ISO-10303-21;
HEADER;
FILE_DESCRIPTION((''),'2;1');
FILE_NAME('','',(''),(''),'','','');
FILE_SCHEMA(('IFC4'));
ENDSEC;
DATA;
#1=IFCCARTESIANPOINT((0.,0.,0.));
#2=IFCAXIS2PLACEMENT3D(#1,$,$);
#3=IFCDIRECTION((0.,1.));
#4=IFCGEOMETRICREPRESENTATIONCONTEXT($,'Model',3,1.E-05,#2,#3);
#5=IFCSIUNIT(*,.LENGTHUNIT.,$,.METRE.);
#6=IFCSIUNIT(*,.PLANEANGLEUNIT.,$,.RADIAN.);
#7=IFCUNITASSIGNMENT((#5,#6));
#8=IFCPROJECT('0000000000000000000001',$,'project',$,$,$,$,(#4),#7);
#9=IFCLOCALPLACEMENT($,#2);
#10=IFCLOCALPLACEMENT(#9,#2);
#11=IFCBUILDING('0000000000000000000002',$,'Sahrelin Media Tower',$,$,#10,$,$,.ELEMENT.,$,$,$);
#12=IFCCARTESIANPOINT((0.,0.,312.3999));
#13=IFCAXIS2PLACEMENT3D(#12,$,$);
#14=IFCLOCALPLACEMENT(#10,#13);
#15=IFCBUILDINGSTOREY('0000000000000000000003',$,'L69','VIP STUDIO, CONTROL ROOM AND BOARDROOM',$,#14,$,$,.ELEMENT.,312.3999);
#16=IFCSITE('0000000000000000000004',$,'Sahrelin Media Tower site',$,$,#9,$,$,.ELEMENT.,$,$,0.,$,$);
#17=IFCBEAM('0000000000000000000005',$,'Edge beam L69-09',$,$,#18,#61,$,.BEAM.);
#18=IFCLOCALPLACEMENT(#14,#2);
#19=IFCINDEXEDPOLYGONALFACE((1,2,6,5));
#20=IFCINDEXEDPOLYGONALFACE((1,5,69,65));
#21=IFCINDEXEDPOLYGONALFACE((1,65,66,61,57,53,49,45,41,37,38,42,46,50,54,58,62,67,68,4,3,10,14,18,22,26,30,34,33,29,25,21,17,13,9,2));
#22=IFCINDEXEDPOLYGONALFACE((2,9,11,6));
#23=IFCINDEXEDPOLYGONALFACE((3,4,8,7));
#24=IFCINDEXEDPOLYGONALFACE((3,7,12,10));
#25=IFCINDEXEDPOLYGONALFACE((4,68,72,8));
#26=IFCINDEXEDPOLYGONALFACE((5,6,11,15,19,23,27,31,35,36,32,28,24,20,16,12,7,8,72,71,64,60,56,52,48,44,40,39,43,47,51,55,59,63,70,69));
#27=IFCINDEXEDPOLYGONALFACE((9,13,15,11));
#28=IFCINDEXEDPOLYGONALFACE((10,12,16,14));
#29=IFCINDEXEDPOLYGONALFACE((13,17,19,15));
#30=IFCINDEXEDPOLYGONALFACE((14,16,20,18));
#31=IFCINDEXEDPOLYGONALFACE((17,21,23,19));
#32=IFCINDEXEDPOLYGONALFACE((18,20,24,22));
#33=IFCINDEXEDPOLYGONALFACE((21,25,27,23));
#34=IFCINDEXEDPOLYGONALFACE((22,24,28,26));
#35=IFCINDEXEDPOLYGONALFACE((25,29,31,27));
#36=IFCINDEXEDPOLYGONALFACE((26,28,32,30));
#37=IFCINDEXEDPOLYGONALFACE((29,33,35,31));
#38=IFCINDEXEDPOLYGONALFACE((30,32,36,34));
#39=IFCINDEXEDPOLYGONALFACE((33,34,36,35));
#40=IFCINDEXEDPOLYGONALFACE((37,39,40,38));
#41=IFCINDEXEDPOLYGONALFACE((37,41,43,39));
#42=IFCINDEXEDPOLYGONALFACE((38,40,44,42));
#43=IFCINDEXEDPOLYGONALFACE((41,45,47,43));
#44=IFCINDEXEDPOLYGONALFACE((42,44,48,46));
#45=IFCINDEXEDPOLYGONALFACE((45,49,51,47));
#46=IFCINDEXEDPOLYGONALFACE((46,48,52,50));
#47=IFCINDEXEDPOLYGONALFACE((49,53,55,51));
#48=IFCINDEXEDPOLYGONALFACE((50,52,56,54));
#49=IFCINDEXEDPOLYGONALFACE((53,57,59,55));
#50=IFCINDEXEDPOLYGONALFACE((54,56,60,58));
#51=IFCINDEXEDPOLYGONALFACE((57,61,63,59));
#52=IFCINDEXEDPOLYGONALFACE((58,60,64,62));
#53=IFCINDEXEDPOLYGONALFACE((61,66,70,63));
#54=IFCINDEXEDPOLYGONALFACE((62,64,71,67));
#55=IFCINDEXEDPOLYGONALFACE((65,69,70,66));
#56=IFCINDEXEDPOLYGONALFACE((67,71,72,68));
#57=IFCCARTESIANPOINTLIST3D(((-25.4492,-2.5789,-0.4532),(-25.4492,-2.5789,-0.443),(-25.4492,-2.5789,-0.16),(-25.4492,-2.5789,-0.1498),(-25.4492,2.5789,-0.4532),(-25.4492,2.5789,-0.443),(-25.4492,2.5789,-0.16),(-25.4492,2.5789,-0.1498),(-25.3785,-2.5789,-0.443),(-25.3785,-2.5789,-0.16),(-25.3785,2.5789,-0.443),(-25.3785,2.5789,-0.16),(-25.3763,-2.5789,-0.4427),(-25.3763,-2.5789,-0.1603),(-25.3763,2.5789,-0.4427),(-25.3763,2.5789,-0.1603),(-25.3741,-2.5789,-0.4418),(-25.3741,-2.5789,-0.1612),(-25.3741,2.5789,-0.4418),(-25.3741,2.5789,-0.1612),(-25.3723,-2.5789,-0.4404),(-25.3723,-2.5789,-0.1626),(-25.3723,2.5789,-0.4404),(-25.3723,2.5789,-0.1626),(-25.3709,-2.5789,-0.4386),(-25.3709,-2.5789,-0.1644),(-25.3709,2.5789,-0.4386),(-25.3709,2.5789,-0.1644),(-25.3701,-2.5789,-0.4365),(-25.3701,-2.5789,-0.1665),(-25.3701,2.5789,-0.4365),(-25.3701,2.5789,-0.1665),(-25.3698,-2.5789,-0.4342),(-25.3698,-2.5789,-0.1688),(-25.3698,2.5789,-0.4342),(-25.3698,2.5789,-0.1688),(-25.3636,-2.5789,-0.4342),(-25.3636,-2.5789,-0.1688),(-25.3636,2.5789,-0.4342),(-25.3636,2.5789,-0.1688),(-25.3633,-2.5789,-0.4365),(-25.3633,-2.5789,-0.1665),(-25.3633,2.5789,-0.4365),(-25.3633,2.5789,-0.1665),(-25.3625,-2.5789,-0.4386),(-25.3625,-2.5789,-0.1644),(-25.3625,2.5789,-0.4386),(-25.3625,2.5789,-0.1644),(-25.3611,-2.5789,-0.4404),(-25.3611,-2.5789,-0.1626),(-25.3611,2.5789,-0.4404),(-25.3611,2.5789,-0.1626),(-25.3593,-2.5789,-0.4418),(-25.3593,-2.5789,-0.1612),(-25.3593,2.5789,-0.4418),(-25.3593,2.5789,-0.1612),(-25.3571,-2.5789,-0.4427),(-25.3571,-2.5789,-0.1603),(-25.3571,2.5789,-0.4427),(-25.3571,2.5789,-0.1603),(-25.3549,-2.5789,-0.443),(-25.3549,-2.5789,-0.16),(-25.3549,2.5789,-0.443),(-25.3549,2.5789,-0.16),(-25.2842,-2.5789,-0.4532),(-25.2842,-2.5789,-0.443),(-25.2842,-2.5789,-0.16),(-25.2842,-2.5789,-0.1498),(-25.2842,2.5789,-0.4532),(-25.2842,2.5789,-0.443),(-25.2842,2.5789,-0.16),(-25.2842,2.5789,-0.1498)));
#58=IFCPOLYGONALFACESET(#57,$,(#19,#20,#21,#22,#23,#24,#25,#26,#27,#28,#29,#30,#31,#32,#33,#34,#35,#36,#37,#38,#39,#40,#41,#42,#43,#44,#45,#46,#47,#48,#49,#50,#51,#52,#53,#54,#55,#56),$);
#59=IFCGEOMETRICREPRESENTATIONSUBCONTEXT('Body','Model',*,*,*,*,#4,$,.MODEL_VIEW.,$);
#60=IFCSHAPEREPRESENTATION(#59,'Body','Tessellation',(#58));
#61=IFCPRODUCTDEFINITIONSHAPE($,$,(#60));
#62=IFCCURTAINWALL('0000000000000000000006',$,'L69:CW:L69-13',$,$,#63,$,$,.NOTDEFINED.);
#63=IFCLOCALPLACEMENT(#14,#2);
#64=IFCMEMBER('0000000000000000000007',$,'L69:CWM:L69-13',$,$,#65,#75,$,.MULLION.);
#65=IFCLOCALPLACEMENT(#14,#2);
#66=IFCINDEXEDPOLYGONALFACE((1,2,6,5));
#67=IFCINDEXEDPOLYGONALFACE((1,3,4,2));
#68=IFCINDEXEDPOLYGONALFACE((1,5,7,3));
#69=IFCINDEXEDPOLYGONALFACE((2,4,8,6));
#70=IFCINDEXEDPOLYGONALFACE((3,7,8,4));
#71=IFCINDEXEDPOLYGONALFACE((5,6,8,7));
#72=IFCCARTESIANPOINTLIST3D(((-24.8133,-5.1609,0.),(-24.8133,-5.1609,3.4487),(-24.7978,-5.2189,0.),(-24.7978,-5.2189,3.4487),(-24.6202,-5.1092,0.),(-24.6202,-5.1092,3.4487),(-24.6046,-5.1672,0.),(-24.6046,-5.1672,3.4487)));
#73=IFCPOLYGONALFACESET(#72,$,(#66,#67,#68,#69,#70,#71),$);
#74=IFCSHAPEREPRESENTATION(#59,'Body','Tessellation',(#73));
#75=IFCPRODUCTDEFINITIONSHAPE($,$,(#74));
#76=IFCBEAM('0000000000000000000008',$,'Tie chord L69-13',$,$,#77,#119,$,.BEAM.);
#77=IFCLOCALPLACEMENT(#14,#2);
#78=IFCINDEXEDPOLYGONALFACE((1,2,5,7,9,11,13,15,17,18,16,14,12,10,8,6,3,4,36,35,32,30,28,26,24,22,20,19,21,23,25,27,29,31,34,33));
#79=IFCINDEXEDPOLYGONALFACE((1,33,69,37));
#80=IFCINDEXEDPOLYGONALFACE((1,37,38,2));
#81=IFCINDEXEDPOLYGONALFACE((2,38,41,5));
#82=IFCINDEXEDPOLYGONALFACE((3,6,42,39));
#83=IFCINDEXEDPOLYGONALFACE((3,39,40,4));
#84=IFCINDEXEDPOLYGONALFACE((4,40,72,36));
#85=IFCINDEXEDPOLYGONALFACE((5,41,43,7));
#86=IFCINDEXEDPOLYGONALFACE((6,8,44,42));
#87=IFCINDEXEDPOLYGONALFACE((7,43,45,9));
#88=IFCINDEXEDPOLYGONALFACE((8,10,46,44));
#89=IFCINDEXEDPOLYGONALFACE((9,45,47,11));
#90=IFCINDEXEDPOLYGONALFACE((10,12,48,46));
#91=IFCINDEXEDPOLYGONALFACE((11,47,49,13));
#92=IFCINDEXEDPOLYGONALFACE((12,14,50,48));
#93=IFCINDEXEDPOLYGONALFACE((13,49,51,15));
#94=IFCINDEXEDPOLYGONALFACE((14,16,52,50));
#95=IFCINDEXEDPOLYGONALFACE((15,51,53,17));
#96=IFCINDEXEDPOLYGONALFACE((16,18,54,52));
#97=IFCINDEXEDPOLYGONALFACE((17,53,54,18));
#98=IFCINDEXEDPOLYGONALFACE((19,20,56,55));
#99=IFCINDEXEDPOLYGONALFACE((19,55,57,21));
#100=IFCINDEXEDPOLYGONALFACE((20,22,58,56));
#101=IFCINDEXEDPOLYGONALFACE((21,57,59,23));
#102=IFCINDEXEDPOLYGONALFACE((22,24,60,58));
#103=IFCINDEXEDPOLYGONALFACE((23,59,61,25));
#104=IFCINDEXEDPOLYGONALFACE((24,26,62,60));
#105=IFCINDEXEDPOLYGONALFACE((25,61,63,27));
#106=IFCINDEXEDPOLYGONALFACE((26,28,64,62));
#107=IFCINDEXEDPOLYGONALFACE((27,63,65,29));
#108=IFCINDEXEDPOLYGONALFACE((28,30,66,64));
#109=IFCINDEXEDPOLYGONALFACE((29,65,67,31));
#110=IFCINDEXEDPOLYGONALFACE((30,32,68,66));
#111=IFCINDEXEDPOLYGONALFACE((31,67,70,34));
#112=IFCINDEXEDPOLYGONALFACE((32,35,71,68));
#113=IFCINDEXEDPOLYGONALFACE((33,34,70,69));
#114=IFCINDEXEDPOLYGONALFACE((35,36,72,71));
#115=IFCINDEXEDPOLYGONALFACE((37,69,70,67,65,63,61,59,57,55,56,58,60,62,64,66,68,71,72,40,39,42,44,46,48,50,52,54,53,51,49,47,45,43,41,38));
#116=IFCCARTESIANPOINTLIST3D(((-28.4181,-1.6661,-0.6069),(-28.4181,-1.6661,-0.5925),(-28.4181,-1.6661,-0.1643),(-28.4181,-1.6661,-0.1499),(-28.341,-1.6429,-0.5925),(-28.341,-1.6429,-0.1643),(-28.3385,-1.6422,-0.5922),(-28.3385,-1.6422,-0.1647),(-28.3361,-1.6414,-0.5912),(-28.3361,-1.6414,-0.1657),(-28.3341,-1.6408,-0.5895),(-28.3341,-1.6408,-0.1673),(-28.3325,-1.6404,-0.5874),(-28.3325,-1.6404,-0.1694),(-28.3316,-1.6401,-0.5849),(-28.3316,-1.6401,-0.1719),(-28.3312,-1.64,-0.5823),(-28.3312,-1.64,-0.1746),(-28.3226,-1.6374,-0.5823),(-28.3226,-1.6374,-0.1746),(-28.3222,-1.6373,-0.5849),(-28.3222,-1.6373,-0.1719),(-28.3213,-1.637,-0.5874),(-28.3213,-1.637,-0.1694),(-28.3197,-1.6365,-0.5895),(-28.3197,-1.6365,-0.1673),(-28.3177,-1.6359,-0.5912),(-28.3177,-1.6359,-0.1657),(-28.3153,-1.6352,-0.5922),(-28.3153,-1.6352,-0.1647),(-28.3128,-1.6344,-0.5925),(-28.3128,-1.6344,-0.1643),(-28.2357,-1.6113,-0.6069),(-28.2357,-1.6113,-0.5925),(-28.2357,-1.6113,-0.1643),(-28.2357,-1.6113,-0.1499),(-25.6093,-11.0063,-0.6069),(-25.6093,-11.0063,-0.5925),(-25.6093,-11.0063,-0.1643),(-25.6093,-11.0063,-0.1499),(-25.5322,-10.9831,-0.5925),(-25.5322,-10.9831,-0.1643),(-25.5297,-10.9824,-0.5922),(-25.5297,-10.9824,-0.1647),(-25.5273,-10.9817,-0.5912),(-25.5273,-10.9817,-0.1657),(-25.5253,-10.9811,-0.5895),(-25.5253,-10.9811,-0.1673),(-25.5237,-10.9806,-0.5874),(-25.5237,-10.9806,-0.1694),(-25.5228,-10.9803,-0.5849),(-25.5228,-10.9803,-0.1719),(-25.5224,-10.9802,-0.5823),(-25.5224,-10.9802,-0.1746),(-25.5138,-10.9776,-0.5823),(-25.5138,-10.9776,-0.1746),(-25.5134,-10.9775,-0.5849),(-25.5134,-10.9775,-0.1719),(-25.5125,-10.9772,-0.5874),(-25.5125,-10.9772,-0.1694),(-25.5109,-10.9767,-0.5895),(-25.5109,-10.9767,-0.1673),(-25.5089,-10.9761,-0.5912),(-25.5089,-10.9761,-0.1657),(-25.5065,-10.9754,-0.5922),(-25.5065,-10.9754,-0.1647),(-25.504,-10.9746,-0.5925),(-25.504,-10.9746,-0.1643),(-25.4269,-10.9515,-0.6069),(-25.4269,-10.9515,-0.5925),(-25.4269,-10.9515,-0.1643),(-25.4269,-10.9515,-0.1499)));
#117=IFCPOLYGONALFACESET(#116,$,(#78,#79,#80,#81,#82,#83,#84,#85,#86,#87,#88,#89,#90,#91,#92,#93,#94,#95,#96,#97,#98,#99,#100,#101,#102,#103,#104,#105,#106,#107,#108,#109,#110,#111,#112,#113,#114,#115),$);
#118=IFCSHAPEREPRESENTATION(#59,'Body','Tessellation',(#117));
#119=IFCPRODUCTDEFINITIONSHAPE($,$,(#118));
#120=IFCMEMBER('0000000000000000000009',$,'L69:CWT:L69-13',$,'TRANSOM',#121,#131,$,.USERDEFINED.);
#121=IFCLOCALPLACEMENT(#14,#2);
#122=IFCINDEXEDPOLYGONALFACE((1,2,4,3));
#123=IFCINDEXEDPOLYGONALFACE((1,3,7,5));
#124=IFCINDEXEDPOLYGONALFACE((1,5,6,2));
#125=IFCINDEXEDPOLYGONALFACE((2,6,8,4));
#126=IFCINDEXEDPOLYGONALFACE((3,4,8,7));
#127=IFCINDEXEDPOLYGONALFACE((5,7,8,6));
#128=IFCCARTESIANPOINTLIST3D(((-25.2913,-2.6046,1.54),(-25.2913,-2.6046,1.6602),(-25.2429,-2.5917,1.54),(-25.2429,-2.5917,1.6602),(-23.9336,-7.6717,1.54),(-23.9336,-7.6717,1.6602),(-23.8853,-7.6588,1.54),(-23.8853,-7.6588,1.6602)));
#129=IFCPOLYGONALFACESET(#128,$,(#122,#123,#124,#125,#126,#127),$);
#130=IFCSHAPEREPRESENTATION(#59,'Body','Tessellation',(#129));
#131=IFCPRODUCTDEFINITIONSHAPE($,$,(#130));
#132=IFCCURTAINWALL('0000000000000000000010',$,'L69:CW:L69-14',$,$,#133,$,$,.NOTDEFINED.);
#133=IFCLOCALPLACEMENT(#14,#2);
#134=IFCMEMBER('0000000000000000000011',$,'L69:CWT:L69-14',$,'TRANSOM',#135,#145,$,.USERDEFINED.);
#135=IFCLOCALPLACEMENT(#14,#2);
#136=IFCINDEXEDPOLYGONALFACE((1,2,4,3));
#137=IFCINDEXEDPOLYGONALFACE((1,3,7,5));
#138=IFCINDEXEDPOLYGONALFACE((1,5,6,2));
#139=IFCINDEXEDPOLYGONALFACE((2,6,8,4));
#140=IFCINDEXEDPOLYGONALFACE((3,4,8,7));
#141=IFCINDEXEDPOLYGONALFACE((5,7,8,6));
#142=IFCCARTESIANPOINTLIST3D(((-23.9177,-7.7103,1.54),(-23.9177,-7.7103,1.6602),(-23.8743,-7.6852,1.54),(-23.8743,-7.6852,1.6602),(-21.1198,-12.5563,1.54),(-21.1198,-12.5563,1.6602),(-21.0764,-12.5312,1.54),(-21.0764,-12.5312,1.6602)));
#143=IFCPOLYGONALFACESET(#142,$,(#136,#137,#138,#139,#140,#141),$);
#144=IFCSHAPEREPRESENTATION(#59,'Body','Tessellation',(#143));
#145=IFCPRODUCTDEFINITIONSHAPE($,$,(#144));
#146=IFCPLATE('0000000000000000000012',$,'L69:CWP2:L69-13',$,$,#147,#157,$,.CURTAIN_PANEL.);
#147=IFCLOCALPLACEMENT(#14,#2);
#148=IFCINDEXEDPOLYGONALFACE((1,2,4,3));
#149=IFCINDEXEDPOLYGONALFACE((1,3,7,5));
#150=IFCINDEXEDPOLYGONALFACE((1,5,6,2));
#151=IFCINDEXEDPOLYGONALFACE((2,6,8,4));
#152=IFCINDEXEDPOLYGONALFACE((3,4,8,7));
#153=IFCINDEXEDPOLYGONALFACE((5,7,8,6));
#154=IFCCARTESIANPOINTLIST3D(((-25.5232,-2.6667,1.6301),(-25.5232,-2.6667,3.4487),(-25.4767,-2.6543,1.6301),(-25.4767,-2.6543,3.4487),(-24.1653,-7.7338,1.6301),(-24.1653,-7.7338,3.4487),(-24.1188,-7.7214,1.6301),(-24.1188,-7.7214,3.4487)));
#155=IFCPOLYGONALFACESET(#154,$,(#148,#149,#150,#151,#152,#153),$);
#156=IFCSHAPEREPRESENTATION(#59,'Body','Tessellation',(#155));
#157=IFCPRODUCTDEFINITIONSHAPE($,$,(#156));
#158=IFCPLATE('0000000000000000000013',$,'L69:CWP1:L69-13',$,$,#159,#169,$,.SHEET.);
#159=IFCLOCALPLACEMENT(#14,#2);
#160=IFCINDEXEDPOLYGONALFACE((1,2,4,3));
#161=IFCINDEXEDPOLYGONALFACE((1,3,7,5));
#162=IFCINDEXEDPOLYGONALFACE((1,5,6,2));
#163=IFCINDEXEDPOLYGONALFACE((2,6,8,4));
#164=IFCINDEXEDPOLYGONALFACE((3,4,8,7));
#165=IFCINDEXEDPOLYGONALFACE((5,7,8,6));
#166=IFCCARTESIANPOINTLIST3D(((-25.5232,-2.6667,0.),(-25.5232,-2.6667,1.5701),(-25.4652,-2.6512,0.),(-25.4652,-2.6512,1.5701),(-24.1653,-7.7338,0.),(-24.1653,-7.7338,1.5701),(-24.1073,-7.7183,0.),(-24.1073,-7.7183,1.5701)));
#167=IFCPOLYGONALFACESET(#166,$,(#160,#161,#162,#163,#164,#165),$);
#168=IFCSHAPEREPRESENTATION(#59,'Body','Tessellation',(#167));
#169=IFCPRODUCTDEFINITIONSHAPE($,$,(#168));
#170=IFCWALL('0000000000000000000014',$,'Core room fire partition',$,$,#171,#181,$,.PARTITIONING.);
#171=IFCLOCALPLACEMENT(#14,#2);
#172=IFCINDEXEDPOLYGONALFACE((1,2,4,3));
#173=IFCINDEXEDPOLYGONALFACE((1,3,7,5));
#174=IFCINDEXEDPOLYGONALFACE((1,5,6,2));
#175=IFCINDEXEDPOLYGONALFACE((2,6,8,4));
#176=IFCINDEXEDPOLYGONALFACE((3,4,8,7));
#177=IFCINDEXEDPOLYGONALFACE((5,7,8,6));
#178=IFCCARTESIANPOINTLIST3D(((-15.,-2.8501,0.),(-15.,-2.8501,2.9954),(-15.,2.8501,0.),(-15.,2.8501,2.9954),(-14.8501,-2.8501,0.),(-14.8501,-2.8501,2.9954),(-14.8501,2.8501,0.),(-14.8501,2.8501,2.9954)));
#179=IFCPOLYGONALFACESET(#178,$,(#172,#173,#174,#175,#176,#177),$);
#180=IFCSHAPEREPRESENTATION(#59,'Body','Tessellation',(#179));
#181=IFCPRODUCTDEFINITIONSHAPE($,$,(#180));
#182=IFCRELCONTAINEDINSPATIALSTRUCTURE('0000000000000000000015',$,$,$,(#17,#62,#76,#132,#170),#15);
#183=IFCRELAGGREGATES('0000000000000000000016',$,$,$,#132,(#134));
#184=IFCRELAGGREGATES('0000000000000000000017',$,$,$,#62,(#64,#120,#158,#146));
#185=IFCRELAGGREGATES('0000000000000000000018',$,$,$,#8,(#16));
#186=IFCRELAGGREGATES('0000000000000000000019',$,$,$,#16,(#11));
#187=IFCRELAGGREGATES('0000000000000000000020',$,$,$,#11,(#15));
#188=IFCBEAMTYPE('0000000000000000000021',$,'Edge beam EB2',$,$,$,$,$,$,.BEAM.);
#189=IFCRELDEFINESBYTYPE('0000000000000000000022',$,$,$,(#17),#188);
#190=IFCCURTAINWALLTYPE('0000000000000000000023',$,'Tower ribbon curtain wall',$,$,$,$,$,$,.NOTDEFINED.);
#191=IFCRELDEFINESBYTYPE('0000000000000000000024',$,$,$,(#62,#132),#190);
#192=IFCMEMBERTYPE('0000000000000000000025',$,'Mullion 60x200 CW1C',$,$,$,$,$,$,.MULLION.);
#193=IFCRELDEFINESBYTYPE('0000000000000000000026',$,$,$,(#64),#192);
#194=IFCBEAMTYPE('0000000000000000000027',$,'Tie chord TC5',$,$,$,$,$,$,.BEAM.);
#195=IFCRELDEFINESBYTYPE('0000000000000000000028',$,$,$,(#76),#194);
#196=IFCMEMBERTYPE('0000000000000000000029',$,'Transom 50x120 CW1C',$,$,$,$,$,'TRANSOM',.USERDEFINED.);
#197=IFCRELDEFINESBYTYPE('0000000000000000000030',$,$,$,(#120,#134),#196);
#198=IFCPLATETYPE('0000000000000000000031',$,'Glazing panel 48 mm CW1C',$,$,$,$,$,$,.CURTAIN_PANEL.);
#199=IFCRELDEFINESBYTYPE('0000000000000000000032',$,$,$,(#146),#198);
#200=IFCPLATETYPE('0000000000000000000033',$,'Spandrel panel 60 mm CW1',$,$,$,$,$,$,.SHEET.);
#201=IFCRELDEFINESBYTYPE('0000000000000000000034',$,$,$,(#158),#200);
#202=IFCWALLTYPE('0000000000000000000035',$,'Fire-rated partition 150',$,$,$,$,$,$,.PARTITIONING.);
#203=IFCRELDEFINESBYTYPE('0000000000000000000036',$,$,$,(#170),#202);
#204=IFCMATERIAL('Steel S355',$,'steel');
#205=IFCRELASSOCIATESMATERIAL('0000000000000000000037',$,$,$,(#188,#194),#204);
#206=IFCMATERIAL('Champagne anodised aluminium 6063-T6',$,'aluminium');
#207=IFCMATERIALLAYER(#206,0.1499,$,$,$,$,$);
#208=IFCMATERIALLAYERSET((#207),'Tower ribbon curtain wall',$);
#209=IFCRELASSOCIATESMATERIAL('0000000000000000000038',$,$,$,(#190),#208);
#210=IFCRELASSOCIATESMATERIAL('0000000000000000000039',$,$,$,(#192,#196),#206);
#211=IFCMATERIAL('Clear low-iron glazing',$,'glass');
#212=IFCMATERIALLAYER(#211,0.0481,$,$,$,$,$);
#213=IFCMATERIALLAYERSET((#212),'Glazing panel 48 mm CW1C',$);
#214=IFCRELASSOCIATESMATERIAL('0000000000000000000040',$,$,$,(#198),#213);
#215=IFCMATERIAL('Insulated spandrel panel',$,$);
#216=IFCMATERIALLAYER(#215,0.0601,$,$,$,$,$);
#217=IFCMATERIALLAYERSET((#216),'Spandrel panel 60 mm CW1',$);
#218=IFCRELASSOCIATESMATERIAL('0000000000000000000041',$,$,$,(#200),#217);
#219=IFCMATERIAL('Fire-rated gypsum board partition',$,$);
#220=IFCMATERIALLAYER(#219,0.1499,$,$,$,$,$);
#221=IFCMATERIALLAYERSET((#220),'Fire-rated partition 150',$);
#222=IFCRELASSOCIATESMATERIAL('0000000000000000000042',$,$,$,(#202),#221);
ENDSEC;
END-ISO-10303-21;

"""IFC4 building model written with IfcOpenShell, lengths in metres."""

from ifc_helpers import new_model, si_unit, direction, frame, frame_2d, origin, origin_2d, place, context, subcontext, project, spatial, polyline, rectangle, i_section, outline, extrude, material, layer, layer_set, material_profile, profile_set, type_object, element, aggregate, save


model = new_model("IFC4")

# Units and contexts
model_context = context("Model", 3, precision=1e-05, world=origin(), true_north=direction((0.0, 1.0)))
body_context = subcontext(model_context, "Body", "Model", "MODEL_VIEW")
ifc_project = project(units=[si_unit("LENGTHUNIT", "METRE"), si_unit("PLANEANGLEUNIT", "RADIAN")], contexts=[model_context])

# Site, building, storey
site_placement = place(None, origin())
site = spatial("IfcSite", under=ifc_project, at=site_placement, Name="Sahrelin Media Tower site", CompositionType="ELEMENT", RefElevation=0.0)
building_placement = place(site_placement, origin())
building = spatial("IfcBuilding", under=site, at=building_placement, Name="Sahrelin Media Tower", CompositionType="ELEMENT")
storey_placement = place(building_placement, frame((0.0, 0.0, 312.3999)))
storey = spatial("IfcBuildingStorey", under=building, at=storey_placement, Name="L69", Description="VIP STUDIO, CONTROL ROOM AND BOARDROOM", CompositionType="ELEMENT", Elevation=312.3999)

# Beam
ifc_material_1 = material(Name="Steel S355", Category="steel")
ifc_material_profile_1 = material_profile(ifc_material_1, i_section(OverallWidth=0.165, OverallDepth=0.3035, WebThickness=0.0061, FlangeThickness=0.0103, FilletRadius=0.0088, at=origin_2d()), Name="UB 305x165x40")
ifc_profile_set_1 = profile_set([ifc_material_profile_1], Name="Steel S355")
beam_type_1 = type_object("IfcBeamType", Name="Edge beam EB2", PredefinedType="BEAM", material=ifc_profile_set_1)
beam_1_placement = place(storey_placement, frame((-25.3667, -2.5789, -0.3015), z_axis=(0.0, 1.0, 0.0), x_axis=(-1.0, 0.0, 0.0)))
element("IfcBeam", 1, at=beam_1_placement, inside=storey, type_object=beam_type_1, Name="Edge beam L69-09", PredefinedType="BEAM", context=body_context, shape_type="SweptSolid", body=[
    extrude(i_section(OverallWidth=0.165, OverallDepth=0.3035, WebThickness=0.0061, FlangeThickness=0.0103, FilletRadius=0.0088, at=origin_2d()), origin(), (0.0, 0.0, 1.0), 5.1577),
])

# Curtain wall, member
ifc_material_2 = material(Name="Champagne anodised aluminium 6063-T6", Category="aluminium")
ifc_layer_1 = layer(ifc_material_2, 0.1499)
ifc_layer_set_1 = layer_set([ifc_layer_1], Name="Tower ribbon curtain wall")
curtain_wall_type = type_object("IfcCurtainWallType", Name="Tower ribbon curtain wall", PredefinedType="NOTDEFINED", material=ifc_layer_set_1)
curtain_wall_1_placement = place(storey_placement, frame((-24.825, -5.1951, 0.0), z_axis=(0.0, 0.0, 1.0), x_axis=(1.0, 0.0, 0.0)))
curtain_wall_1 = element("IfcCurtainWall", 2, at=curtain_wall_1_placement, inside=storey, type_object=curtain_wall_type, Name="L69:CW:L69-13", PredefinedType="NOTDEFINED")
ifc_material_profile_2 = material_profile(ifc_material_2, rectangle(XDim=0.0601, YDim=0.2, at=origin_2d()), Name="Mullion 60x200")
ifc_profile_set_2 = profile_set([ifc_material_profile_2], Name="Champagne anodised aluminium 6063-T6")
member_type_1 = type_object("IfcMemberType", Name="Mullion 60x200 CW1C", PredefinedType="MULLION", material=ifc_profile_set_2)
member_1_placement = place(storey_placement, frame((-24.709, -5.1641, 0.0), z_axis=(0.0, 0.0, 1.0), x_axis=(0.258812, -0.965928, 0.0)))
member_1 = element("IfcMember", 3, at=member_1_placement, type_object=member_type_1, Name="L69:CWM:L69-13", PredefinedType="MULLION", context=body_context, shape_type="SweptSolid", body=[
    extrude(rectangle(XDim=0.0601, YDim=0.2, at=origin_2d()), origin(), (0.0, 0.0, 1.0), 3.4487),
])

# Beam
ifc_material_profile_3 = material_profile(ifc_material_1, i_section(OverallWidth=0.1904, OverallDepth=0.457, WebThickness=0.009, FlangeThickness=0.0144, FilletRadius=0.0103, at=origin_2d()), Name="UB 457x191x74")
ifc_profile_set_3 = profile_set([ifc_material_profile_3], Name="Steel S355")
beam_type_2 = type_object("IfcBeamType", Name="Tie chord TC5", PredefinedType="BEAM", material=ifc_profile_set_3)
beam_2_placement = place(storey_placement, frame((-28.3269, -1.6387, -0.3784), z_axis=(0.287982, -0.957636, 0.0), x_axis=(0.957636, 0.287982, 0.0)))
element("IfcBeam", 4, at=beam_2_placement, inside=storey, type_object=beam_type_2, Name="Tie chord L69-13", PredefinedType="BEAM", context=body_context, shape_type="SweptSolid", body=[
    extrude(i_section(OverallWidth=0.1904, OverallDepth=0.457, WebThickness=0.009, FlangeThickness=0.0144, FilletRadius=0.0103, at=origin_2d()), origin(), (0.0, 0.0, 1.0), 9.7534),
])

# Member
ifc_material_profile_4 = material_profile(ifc_material_2, rectangle(XDim=0.05, YDim=0.1201, at=origin_2d()), Name="Transom 50x120")
ifc_profile_set_4 = profile_set([ifc_material_profile_4], Name="Champagne anodised aluminium 6063-T6")
member_type_2 = type_object("IfcMemberType", Name="Transom 50x120 CW1C", ElementType="TRANSOM", PredefinedType="USERDEFINED", material=ifc_profile_set_4)
member_2_placement = place(storey_placement, frame((-25.2671, -2.5981, 1.6001), z_axis=(0.258807, -0.965929, 0.0), x_axis=(0.965929, 0.258807, 0.0)))
member_2 = element("IfcMember", 5, at=member_2_placement, type_object=member_type_2, Name="L69:CWT:L69-13", ObjectType="TRANSOM", PredefinedType="USERDEFINED", context=body_context, shape_type="SweptSolid", body=[
    extrude(rectangle(XDim=0.05, YDim=0.1201, at=origin_2d()), origin(), (0.0, 0.0, 1.0), 5.2458),
])

# Curtain wall, member
curtain_wall_2_placement = place(storey_placement, frame((-22.7092, -10.2432, 0.0), z_axis=(0.0, 0.0, 1.0), x_axis=(1.0, 0.0, 0.0)))
curtain_wall_2 = element("IfcCurtainWall", 6, at=curtain_wall_2_placement, inside=storey, type_object=curtain_wall_type, Name="L69:CW:L69-14", PredefinedType="NOTDEFINED")
member_3_placement = place(storey_placement, frame((-23.896, -7.6978, 1.6001), z_axis=(0.500006, -0.866022, 0.0), x_axis=(0.866022, 0.500006, 0.0)))
member_3 = element("IfcMember", 7, at=member_3_placement, type_object=member_type_2, Name="L69:CWT:L69-14", ObjectType="TRANSOM", PredefinedType="USERDEFINED", context=body_context, shape_type="SweptSolid", body=[
    extrude(rectangle(XDim=0.05, YDim=0.1201, at=origin_2d()), origin(), (0.0, 0.0, 1.0), 5.5957),
])
aggregate(curtain_wall_2, [member_3])

# Plates
ifc_material_3 = material(Name="Clear low-iron glazing", Category="glass")
ifc_layer_2 = layer(ifc_material_3, 0.0481)
ifc_layer_set_2 = layer_set([ifc_layer_2], Name="Glazing panel 48 mm CW1C")
plate_type_1 = type_object("IfcPlateType", Name="Glazing panel 48 mm CW1C", PredefinedType="CURTAIN_PANEL", material=ifc_layer_set_2)
plate_1_placement = place(storey_placement, frame((-25.5232, -2.6667, 1.6301), z_axis=(-0.965918, -0.25885, 0.0), x_axis=(0.25885, -0.965918, 0.0)))
plate_1 = element("IfcPlate", 8, at=plate_1_placement, type_object=plate_type_1, Name="L69:CWP2:L69-13", PredefinedType="CURTAIN_PANEL", context=body_context, shape_type="SweptSolid", body=[
    extrude(outline(polyline([(0.0, 0.0), (5.2458, 0.0), (5.2458, 1.8186), (0.0, 1.8186), (0.0, 0.0)])), origin(), (0.0, 0.0, -1.0), 0.0481),
])
ifc_material_4 = material(Name="Insulated spandrel panel")
ifc_layer_3 = layer(ifc_material_4, 0.0601)
ifc_layer_set_3 = layer_set([ifc_layer_3], Name="Spandrel panel 60 mm CW1")
plate_type_2 = type_object("IfcPlateType", Name="Spandrel panel 60 mm CW1", PredefinedType="SHEET", material=ifc_layer_set_3)
plate_2_placement = place(storey_placement, frame((-25.5232, -2.6667, 0.0), z_axis=(-0.965918, -0.25885, 0.0), x_axis=(0.25885, -0.965918, 0.0)))
plate_2 = element("IfcPlate", 9, at=plate_2_placement, type_object=plate_type_2, Name="L69:CWP1:L69-13", PredefinedType="SHEET", context=body_context, shape_type="SweptSolid", body=[
    extrude(outline(polyline([(0.0, 0.0), (5.2458, 0.0), (5.2458, 1.5701), (0.0, 1.5701), (0.0, 0.0)])), origin(), (0.0, 0.0, -1.0), 0.0601),
])
aggregate(curtain_wall_1, [member_1, member_2, plate_2, plate_1])

# Wall
ifc_material_5 = material(Name="Fire-rated gypsum board partition")
ifc_layer_4 = layer(ifc_material_5, 0.1499)
ifc_layer_set_4 = layer_set([ifc_layer_4], Name="Fire-rated partition 150")
wall_type_1 = type_object("IfcWallType", Name="Fire-rated partition 150", PredefinedType="PARTITIONING", material=ifc_layer_set_4)
wall_1_placement = place(storey_placement, frame((-14.925, -2.8501, 0.0), z_axis=(0.0, 0.0, 1.0), x_axis=(0.0, 1.0, 0.0)))
element("IfcWall", 10, at=wall_1_placement, inside=storey, type_object=wall_type_1, Name="Core room fire partition", PredefinedType="PARTITIONING", context=body_context, shape_type="SweptSolid", body=[
    extrude(rectangle(XDim=5.7002, YDim=0.1499, at=frame_2d((2.8501, 0.0))), origin(), (0.0, 0.0, 1.0), 2.9954),
])

save(model, "model.ifc")
